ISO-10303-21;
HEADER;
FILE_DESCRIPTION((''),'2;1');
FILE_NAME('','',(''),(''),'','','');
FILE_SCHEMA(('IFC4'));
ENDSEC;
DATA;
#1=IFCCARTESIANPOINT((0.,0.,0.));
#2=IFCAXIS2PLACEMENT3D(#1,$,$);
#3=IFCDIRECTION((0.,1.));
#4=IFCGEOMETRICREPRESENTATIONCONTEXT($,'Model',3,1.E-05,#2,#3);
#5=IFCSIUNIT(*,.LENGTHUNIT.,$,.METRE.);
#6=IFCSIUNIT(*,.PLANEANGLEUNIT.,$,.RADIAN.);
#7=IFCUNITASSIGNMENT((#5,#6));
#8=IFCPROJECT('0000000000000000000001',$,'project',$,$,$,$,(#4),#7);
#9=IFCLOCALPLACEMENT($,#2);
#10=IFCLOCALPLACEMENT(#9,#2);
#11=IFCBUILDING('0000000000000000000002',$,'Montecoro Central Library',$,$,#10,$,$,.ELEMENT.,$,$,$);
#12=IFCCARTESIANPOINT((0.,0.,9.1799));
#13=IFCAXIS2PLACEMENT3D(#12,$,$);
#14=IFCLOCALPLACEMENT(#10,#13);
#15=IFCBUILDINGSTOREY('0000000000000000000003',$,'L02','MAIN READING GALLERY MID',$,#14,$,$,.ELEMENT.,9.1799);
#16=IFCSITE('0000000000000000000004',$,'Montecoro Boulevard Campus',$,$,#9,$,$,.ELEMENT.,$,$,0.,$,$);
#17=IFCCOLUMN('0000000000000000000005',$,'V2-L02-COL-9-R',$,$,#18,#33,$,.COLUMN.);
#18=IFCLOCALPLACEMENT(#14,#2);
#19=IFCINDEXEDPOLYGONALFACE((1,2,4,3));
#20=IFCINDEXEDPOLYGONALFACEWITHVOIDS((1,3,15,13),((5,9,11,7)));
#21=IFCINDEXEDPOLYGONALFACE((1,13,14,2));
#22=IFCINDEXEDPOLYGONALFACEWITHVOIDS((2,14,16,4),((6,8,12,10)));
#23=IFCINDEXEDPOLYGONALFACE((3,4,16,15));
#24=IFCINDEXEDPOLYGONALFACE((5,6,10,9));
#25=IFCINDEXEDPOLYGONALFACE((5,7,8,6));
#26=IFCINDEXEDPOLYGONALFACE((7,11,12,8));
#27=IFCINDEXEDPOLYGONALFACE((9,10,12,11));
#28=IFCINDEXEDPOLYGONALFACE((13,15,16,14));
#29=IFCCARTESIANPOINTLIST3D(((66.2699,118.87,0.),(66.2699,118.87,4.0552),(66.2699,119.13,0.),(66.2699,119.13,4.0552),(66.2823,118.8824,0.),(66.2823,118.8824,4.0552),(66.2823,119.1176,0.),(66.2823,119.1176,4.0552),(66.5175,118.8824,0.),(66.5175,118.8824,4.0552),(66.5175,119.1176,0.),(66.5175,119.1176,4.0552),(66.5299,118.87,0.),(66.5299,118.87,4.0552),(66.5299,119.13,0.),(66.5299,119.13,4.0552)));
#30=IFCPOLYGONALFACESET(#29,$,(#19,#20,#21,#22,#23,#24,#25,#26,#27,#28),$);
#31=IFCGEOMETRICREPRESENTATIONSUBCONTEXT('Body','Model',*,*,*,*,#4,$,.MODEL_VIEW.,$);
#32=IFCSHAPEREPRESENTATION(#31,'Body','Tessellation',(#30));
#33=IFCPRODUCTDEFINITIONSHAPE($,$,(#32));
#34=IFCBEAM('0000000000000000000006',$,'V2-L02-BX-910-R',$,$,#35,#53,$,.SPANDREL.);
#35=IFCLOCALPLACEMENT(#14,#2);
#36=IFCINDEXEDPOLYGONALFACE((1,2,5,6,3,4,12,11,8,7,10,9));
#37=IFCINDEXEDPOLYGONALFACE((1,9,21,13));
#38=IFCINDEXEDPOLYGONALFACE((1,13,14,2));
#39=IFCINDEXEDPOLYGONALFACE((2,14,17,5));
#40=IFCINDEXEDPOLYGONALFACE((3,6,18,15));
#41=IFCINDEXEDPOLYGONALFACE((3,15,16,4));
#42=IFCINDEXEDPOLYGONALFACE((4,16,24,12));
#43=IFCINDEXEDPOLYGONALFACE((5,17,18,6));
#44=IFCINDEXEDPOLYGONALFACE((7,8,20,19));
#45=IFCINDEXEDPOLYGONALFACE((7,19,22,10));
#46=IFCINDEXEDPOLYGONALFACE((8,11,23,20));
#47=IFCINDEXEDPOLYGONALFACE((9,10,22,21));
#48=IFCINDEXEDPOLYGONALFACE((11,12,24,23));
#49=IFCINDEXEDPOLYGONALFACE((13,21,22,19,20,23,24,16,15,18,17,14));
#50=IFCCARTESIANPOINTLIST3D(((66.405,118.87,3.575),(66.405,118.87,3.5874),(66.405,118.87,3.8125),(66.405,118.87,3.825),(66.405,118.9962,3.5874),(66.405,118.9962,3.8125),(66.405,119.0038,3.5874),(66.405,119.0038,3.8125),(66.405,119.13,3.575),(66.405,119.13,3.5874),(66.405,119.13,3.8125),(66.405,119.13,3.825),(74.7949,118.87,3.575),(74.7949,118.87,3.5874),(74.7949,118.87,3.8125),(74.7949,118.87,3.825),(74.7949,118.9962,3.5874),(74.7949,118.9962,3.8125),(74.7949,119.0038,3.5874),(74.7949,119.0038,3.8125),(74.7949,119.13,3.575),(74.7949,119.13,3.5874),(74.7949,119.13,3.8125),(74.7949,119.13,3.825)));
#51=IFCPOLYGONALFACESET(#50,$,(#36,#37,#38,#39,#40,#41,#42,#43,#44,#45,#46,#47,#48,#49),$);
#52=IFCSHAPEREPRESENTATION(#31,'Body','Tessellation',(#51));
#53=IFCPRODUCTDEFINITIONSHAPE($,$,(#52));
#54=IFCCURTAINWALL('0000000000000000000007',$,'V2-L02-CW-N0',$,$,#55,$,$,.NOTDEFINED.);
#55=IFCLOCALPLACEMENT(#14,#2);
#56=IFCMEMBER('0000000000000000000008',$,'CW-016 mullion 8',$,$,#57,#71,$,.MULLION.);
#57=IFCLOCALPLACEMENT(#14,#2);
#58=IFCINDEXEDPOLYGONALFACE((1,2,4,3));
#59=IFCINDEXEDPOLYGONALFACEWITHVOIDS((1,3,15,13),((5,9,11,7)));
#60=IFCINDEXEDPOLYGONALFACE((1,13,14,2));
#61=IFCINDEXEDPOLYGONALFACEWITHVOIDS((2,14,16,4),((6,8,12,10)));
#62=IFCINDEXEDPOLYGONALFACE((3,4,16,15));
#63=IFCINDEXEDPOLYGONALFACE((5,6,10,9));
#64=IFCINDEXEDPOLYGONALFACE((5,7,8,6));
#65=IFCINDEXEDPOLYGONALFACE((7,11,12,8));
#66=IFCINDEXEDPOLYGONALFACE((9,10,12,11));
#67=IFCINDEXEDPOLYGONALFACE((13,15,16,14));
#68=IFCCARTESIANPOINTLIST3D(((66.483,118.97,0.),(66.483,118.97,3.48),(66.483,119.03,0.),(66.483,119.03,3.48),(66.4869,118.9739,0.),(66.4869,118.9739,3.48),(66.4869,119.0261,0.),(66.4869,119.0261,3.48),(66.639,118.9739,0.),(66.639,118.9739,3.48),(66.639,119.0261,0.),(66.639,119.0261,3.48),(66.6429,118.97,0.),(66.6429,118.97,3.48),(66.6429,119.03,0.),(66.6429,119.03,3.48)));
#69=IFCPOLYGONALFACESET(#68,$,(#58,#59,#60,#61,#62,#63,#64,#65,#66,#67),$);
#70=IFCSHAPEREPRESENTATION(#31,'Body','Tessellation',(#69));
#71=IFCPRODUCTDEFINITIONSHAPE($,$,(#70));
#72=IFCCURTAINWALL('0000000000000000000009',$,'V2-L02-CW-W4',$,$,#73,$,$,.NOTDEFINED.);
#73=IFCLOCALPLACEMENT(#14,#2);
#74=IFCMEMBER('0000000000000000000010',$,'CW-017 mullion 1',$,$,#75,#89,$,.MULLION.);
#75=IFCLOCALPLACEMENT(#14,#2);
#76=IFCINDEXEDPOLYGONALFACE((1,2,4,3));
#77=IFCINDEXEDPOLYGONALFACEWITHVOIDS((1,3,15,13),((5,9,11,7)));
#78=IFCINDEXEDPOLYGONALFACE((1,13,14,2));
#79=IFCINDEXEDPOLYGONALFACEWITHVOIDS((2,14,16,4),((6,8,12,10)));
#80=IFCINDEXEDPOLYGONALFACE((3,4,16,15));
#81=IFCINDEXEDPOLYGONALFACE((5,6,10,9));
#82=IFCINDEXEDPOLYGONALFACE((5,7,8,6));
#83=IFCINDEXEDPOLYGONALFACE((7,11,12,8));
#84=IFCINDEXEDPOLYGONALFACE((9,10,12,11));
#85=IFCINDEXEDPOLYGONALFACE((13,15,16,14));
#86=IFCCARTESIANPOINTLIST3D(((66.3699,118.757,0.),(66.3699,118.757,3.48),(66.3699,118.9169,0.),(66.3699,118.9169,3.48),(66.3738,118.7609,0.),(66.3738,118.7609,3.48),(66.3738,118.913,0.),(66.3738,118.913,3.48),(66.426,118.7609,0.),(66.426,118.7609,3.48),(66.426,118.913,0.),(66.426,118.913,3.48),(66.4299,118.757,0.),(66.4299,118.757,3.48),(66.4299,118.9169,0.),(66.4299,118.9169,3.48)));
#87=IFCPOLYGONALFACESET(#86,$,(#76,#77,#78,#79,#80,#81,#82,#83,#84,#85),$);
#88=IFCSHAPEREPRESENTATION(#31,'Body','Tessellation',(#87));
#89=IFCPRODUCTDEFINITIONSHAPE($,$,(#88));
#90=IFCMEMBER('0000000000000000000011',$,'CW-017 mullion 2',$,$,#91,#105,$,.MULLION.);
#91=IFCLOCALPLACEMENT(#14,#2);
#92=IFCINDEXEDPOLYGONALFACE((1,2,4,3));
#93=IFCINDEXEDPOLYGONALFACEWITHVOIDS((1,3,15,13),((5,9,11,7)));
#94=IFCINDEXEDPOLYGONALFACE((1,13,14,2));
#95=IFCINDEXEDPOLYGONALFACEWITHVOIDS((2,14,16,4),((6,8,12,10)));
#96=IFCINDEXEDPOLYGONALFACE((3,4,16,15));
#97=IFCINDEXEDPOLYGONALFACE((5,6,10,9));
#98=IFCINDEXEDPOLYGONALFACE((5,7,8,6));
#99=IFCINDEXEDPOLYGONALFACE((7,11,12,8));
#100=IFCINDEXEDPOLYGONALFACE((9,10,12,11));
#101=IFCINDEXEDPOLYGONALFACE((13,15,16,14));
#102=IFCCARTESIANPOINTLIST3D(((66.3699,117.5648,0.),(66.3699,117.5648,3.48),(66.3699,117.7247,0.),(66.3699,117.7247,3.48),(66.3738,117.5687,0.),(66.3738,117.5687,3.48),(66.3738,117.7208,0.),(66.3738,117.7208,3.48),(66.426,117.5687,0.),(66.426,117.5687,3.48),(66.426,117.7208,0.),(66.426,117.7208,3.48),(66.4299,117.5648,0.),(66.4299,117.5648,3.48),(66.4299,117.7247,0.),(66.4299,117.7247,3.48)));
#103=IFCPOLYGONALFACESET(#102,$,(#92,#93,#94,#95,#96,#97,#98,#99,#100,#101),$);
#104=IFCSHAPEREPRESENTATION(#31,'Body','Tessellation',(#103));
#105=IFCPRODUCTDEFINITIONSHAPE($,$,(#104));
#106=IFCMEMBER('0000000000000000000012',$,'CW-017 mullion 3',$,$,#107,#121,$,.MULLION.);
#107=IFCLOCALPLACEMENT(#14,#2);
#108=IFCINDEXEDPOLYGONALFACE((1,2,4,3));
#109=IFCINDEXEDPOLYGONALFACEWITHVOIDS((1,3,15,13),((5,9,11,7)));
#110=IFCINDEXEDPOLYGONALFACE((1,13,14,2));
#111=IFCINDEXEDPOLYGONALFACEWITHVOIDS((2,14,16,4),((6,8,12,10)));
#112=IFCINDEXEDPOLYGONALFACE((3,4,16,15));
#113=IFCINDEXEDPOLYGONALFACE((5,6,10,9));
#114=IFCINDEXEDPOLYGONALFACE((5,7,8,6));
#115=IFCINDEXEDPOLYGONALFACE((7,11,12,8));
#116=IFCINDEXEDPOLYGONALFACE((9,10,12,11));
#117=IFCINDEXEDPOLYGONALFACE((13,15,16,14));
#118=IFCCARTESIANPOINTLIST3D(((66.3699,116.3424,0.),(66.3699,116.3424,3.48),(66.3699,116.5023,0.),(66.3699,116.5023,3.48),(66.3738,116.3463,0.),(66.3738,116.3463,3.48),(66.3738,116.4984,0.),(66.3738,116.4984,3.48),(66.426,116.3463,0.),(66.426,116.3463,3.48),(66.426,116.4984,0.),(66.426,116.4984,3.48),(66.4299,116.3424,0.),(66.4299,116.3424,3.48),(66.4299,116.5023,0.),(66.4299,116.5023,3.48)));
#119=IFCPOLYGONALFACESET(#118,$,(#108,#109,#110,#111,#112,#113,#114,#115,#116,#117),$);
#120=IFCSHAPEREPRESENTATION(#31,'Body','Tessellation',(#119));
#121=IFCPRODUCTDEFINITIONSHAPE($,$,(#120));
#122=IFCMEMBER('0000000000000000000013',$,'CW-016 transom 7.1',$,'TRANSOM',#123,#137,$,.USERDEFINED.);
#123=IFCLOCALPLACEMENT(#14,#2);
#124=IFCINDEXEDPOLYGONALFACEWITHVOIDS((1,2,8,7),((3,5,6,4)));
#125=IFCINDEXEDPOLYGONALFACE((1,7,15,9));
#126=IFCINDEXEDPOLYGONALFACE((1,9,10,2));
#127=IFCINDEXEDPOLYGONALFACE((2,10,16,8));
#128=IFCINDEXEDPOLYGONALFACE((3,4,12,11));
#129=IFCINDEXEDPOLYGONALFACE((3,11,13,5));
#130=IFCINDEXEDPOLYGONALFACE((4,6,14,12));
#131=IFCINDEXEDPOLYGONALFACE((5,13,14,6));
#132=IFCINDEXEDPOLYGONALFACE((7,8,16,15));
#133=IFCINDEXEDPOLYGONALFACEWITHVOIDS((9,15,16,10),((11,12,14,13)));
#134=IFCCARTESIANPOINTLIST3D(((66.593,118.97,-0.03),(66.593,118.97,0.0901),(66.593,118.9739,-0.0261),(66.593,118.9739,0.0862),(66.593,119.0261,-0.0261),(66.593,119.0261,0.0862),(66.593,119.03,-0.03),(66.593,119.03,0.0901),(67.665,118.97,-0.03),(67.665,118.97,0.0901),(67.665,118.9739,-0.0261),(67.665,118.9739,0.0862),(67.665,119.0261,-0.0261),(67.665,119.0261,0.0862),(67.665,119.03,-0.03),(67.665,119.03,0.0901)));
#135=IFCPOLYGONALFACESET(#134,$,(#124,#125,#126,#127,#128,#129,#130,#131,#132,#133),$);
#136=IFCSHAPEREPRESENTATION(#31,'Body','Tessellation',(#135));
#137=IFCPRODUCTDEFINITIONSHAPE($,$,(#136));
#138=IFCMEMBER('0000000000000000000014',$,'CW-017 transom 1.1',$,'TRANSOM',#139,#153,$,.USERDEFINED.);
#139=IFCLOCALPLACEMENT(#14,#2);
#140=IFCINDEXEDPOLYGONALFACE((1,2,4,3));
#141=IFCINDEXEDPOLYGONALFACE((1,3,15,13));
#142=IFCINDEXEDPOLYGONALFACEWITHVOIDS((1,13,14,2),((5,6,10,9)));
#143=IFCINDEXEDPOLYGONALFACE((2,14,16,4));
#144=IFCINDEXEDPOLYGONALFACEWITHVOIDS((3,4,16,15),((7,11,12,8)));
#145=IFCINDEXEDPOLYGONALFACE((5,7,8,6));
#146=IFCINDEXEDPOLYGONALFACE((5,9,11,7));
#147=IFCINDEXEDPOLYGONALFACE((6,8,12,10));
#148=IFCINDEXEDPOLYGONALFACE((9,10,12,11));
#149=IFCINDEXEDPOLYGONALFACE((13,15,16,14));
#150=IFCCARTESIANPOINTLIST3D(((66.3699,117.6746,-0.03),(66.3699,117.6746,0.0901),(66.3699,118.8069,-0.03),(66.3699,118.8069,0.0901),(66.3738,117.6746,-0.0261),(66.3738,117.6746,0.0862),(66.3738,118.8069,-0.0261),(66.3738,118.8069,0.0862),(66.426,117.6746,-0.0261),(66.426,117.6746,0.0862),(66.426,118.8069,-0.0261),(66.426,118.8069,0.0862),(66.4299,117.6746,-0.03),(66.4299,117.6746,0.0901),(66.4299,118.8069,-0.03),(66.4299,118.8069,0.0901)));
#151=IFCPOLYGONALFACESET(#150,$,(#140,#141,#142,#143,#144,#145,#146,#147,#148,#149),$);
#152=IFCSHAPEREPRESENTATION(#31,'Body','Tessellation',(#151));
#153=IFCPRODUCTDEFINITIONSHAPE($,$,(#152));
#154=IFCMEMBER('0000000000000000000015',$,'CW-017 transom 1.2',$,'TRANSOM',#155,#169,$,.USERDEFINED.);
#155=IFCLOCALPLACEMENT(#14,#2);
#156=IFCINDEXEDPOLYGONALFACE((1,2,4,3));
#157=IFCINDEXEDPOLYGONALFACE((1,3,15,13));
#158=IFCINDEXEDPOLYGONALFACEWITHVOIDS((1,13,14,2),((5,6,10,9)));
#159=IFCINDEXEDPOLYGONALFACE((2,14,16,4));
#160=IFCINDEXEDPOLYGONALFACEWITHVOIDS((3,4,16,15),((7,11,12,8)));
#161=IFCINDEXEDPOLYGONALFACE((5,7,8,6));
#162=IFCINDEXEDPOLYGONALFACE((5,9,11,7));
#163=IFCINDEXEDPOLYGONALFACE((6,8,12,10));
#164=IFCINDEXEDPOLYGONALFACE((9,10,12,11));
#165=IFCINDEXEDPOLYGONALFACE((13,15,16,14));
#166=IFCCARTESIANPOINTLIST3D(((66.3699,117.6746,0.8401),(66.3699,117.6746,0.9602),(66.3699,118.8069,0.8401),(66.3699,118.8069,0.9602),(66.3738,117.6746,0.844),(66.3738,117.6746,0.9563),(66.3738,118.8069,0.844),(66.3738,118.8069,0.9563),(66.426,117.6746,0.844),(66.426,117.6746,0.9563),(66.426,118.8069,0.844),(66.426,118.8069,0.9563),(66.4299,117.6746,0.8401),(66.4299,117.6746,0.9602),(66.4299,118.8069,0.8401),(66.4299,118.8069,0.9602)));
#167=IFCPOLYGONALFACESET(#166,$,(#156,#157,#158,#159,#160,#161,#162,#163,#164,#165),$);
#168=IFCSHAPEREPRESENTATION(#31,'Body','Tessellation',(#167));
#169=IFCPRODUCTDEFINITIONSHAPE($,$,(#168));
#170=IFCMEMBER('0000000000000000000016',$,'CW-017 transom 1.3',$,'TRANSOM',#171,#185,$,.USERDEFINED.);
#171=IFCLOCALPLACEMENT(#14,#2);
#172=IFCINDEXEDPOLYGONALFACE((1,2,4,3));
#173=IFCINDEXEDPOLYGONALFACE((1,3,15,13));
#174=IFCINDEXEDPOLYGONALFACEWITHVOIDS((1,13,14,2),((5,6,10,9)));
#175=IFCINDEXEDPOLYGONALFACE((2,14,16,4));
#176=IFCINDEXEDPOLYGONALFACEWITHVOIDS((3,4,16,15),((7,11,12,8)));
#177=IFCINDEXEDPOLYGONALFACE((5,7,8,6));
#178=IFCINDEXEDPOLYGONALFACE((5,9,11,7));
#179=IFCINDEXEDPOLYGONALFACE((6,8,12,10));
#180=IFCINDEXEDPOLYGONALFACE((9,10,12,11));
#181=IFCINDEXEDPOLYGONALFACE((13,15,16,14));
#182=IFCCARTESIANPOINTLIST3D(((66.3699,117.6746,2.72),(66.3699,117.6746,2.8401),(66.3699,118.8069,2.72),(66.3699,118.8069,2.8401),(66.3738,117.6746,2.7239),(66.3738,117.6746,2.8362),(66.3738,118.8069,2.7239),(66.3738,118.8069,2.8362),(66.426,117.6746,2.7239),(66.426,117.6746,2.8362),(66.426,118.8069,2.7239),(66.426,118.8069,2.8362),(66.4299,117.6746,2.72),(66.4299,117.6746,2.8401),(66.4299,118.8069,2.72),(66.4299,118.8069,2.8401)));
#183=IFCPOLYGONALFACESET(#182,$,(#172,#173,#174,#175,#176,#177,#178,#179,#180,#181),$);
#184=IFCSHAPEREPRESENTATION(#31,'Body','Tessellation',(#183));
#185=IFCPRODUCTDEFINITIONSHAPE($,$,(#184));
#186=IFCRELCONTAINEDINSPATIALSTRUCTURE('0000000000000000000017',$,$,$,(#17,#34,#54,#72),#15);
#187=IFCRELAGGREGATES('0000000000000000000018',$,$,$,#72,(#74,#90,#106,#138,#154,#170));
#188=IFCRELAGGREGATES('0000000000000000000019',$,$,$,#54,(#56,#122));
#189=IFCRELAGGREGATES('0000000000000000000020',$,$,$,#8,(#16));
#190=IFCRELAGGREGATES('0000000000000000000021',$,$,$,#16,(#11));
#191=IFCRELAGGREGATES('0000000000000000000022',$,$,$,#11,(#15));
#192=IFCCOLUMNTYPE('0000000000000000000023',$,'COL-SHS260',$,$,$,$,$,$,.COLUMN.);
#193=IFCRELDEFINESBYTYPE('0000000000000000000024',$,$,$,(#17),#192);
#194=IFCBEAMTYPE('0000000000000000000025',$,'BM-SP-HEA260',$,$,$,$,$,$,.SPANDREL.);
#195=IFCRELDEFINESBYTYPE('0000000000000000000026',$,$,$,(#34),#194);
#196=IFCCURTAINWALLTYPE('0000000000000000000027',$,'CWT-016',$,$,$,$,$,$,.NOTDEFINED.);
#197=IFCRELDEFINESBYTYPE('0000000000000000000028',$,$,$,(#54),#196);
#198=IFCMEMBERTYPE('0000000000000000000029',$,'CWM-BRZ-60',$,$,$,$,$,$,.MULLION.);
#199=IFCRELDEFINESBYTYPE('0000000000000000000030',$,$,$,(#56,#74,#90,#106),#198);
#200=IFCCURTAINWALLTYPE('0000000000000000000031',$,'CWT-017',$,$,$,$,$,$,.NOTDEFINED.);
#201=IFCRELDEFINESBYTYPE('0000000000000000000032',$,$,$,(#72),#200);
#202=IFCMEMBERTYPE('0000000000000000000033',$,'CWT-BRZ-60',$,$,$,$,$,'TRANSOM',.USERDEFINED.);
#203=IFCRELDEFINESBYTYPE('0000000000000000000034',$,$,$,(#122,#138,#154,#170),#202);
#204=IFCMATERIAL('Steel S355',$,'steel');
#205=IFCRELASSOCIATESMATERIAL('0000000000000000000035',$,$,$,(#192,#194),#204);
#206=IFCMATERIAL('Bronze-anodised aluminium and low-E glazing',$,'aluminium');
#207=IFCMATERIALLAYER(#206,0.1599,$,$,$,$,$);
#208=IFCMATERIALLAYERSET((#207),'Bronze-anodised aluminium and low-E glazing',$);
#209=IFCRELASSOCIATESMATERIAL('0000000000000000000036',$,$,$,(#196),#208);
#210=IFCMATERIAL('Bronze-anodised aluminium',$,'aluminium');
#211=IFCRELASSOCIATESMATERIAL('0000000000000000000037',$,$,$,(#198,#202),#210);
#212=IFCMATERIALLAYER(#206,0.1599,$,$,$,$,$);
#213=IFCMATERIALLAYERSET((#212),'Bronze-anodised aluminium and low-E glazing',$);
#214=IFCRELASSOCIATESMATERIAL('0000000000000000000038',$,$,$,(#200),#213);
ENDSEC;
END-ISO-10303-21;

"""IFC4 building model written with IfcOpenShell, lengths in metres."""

from ifc_helpers import new_model, si_unit, direction, frame, origin, origin_2d, place, context, subcontext, project, spatial, hollow_rectangle, i_section, extrude, material, layer, layer_set, material_profile, profile_set, type_object, element, aggregate, save


model = new_model("IFC4")

# Units and contexts
model_context = context("Model", 3, precision=1e-05, world=origin(), true_north=direction((0.0, 1.0)))
body_context = subcontext(model_context, "Body", "Model", "MODEL_VIEW")
ifc_project = project(units=[si_unit("LENGTHUNIT", "METRE"), si_unit("PLANEANGLEUNIT", "RADIAN")], contexts=[model_context])

# Site, building, storey
site_placement = place(None, origin())
site = spatial("IfcSite", under=ifc_project, at=site_placement, Name="Montecoro Boulevard Campus", CompositionType="ELEMENT", RefElevation=0.0)
building_placement = place(site_placement, origin())
building = spatial("IfcBuilding", under=site, at=building_placement, Name="Montecoro Central Library", CompositionType="ELEMENT")
storey_placement = place(building_placement, frame((0.0, 0.0, 9.1799)))
storey = spatial("IfcBuildingStorey", under=building, at=storey_placement, Name="L02", Description="MAIN READING GALLERY MID", CompositionType="ELEMENT", Elevation=9.1799)

# Column
ifc_material_1 = material(Name="Steel S355", Category="steel")
ifc_material_profile_1 = material_profile(ifc_material_1, hollow_rectangle(XDim=0.26, YDim=0.26, WallThickness=0.0125, at=origin_2d()), Name="SHS 260x260x12.5")
ifc_profile_set_1 = profile_set([ifc_material_profile_1], Name="Steel S355")
column_type = type_object("IfcColumnType", Name="COL-SHS260", PredefinedType="COLUMN", material=ifc_profile_set_1)
column_placement = place(storey_placement, frame((66.3999, 119.0, 0.0), z_axis=(0.0, 0.0, 1.0), x_axis=(1.0, 0.0, 0.0)))
element("IfcColumn", 1, at=column_placement, inside=storey, type_object=column_type, Name="V2-L02-COL-9-R", PredefinedType="COLUMN", context=body_context, shape_type="SweptSolid", body=[
    extrude(hollow_rectangle(XDim=0.26, YDim=0.26, WallThickness=0.0125, at=origin_2d()), origin(), (0.0, 0.0, 1.0), 4.0552),
])

# Beam
ifc_material_profile_2 = material_profile(ifc_material_1, i_section(OverallWidth=0.26, OverallDepth=0.25, WebThickness=0.0076, FlangeThickness=0.0125, at=origin_2d()), Name="HEA 260")
ifc_profile_set_2 = profile_set([ifc_material_profile_2], Name="Steel S355")
beam_type = type_object("IfcBeamType", Name="BM-SP-HEA260", PredefinedType="SPANDREL", material=ifc_profile_set_2)
beam_placement = place(storey_placement, frame((66.405, 119.0, 3.7), z_axis=(1.0, 0.0, 0.0), x_axis=(0.0, 1.0, 0.0)))
element("IfcBeam", 2, at=beam_placement, inside=storey, type_object=beam_type, Name="V2-L02-BX-910-R", PredefinedType="SPANDREL", context=body_context, shape_type="SweptSolid", body=[
    extrude(i_section(OverallWidth=0.26, OverallDepth=0.25, WebThickness=0.0076, FlangeThickness=0.0125, at=origin_2d()), origin(), (0.0, 0.0, 1.0), 8.3899),
])

# Curtain wall, member
ifc_material_2 = material(Name="Bronze-anodised aluminium and low-E glazing", Category="aluminium")
ifc_layer_1 = layer(ifc_material_2, 0.1599)
ifc_layer_set_1 = layer_set([ifc_layer_1], Name="Bronze-anodised aluminium and low-E glazing")
curtain_wall_type_1 = type_object("IfcCurtainWallType", Name="CWT-016", PredefinedType="NOTDEFINED", material=ifc_layer_set_1)
curtain_wall_1_placement = place(storey_placement, origin())
curtain_wall_1 = element("IfcCurtainWall", 3, at=curtain_wall_1_placement, inside=storey, type_object=curtain_wall_type_1, Name="V2-L02-CW-N0", PredefinedType="NOTDEFINED")
ifc_material_3 = material(Name="Bronze-anodised aluminium", Category="aluminium")
ifc_material_profile_3 = material_profile(ifc_material_3, hollow_rectangle(XDim=0.0601, YDim=0.1599, WallThickness=0.0039, at=origin_2d()), Name="CWM 160x60x4.0")
ifc_profile_set_3 = profile_set([ifc_material_profile_3], Name="Bronze-anodised aluminium")
member_type_1 = type_object("IfcMemberType", Name="CWM-BRZ-60", PredefinedType="MULLION", material=ifc_profile_set_3)
member_1_placement = place(storey_placement, frame((66.563, 119.0, 0.0), z_axis=(0.0, 0.0, 1.0), x_axis=(0.0, -1.0, 0.0)))
member_1 = element("IfcMember", 4, at=member_1_placement, type_object=member_type_1, Name="CW-016 mullion 8", PredefinedType="MULLION", context=body_context, shape_type="SweptSolid", body=[
    extrude(hollow_rectangle(XDim=0.0601, YDim=0.1599, WallThickness=0.0039, at=origin_2d()), origin(), (0.0, 0.0, 1.0), 3.48),
])

# Curtain wall, members
ifc_layer_2 = layer(ifc_material_2, 0.1599)
ifc_layer_set_2 = layer_set([ifc_layer_2], Name="Bronze-anodised aluminium and low-E glazing")
curtain_wall_type_2 = type_object("IfcCurtainWallType", Name="CWT-017", PredefinedType="NOTDEFINED", material=ifc_layer_set_2)
curtain_wall_2_placement = place(storey_placement, origin())
curtain_wall_2 = element("IfcCurtainWall", 5, at=curtain_wall_2_placement, inside=storey, type_object=curtain_wall_type_2, Name="V2-L02-CW-W4", PredefinedType="NOTDEFINED")
member_2_placement = place(storey_placement, frame((66.3999, 118.8369, 0.0), z_axis=(0.0, 0.0, 1.0), x_axis=(1.0, 0.0, 0.0)))
member_2 = element("IfcMember", 6, at=member_2_placement, type_object=member_type_1, Name="CW-017 mullion 1", PredefinedType="MULLION", context=body_context, shape_type="SweptSolid", body=[
    extrude(hollow_rectangle(XDim=0.0601, YDim=0.1599, WallThickness=0.0039, at=origin_2d()), origin(), (0.0, 0.0, 1.0), 3.48),
])
member_3_placement = place(storey_placement, frame((66.3999, 117.6448, 0.0), z_axis=(0.0, 0.0, 1.0), x_axis=(1.0, 0.0, 0.0)))
member_3 = element("IfcMember", 7, at=member_3_placement, type_object=member_type_1, Name="CW-017 mullion 2", PredefinedType="MULLION", context=body_context, shape_type="SweptSolid", body=[
    extrude(hollow_rectangle(XDim=0.0601, YDim=0.1599, WallThickness=0.0039, at=origin_2d()), origin(), (0.0, 0.0, 1.0), 3.48),
])
member_4_placement = place(storey_placement, frame((66.3999, 116.4224, 0.0), z_axis=(0.0, 0.0, 1.0), x_axis=(1.0, 0.0, 0.0)))
member_4 = element("IfcMember", 8, at=member_4_placement, type_object=member_type_1, Name="CW-017 mullion 3", PredefinedType="MULLION", context=body_context, shape_type="SweptSolid", body=[
    extrude(hollow_rectangle(XDim=0.0601, YDim=0.1599, WallThickness=0.0039, at=origin_2d()), origin(), (0.0, 0.0, 1.0), 3.48),
])

# Members
ifc_material_profile_4 = material_profile(ifc_material_3, hollow_rectangle(XDim=0.0601, YDim=0.1201, WallThickness=0.0039, at=origin_2d()), Name="CWT 120x60x4.0")
ifc_profile_set_4 = profile_set([ifc_material_profile_4], Name="Bronze-anodised aluminium")
member_type_2 = type_object("IfcMemberType", Name="CWT-BRZ-60", ElementType="TRANSOM", PredefinedType="USERDEFINED", material=ifc_profile_set_4)
member_5_placement = place(storey_placement, frame((67.665, 119.0, 0.03), z_axis=(-1.0, 0.0, 0.0), x_axis=(0.0, -1.0, 0.0)))
member_5 = element("IfcMember", 9, at=member_5_placement, type_object=member_type_2, Name="CW-016 transom 7.1", ObjectType="TRANSOM", PredefinedType="USERDEFINED", context=body_context, shape_type="SweptSolid", body=[
    extrude(hollow_rectangle(XDim=0.0601, YDim=0.1201, WallThickness=0.0039, at=origin_2d()), origin(), (0.0, 0.0, 1.0), 1.072),
])
member_6_placement = place(storey_placement, frame((66.3999, 118.8069, 0.03), z_axis=(0.0, -1.0, 0.0), x_axis=(1.0, 0.0, 0.0)))
member_6 = element("IfcMember", 10, at=member_6_placement, type_object=member_type_2, Name="CW-017 transom 1.1", ObjectType="TRANSOM", PredefinedType="USERDEFINED", context=body_context, shape_type="SweptSolid", body=[
    extrude(hollow_rectangle(XDim=0.0601, YDim=0.1201, WallThickness=0.0039, at=origin_2d()), origin(), (0.0, 0.0, 1.0), 1.1323),
])
member_7_placement = place(storey_placement, frame((66.3999, 118.8069, 0.9001), z_axis=(0.0, -1.0, 0.0), x_axis=(1.0, 0.0, 0.0)))
member_7 = element("IfcMember", 11, at=member_7_placement, type_object=member_type_2, Name="CW-017 transom 1.2", ObjectType="TRANSOM", PredefinedType="USERDEFINED", context=body_context, shape_type="SweptSolid", body=[
    extrude(hollow_rectangle(XDim=0.0601, YDim=0.1201, WallThickness=0.0039, at=origin_2d()), origin(), (0.0, 0.0, 1.0), 1.1323),
])
member_8_placement = place(storey_placement, frame((66.3999, 118.8069, 2.78), z_axis=(0.0, -1.0, 0.0), x_axis=(1.0, 0.0, 0.0)))
member_8 = element("IfcMember", 12, at=member_8_placement, type_object=member_type_2, Name="CW-017 transom 1.3", ObjectType="TRANSOM", PredefinedType="USERDEFINED", context=body_context, shape_type="SweptSolid", body=[
    extrude(hollow_rectangle(XDim=0.0601, YDim=0.1201, WallThickness=0.0039, at=origin_2d()), origin(), (0.0, 0.0, 1.0), 1.1323),
])

aggregate(curtain_wall_2, [member_2, member_3, member_4, member_6, member_7, member_8])
aggregate(curtain_wall_1, [member_1, member_5])

save(model, "model.ifc")
